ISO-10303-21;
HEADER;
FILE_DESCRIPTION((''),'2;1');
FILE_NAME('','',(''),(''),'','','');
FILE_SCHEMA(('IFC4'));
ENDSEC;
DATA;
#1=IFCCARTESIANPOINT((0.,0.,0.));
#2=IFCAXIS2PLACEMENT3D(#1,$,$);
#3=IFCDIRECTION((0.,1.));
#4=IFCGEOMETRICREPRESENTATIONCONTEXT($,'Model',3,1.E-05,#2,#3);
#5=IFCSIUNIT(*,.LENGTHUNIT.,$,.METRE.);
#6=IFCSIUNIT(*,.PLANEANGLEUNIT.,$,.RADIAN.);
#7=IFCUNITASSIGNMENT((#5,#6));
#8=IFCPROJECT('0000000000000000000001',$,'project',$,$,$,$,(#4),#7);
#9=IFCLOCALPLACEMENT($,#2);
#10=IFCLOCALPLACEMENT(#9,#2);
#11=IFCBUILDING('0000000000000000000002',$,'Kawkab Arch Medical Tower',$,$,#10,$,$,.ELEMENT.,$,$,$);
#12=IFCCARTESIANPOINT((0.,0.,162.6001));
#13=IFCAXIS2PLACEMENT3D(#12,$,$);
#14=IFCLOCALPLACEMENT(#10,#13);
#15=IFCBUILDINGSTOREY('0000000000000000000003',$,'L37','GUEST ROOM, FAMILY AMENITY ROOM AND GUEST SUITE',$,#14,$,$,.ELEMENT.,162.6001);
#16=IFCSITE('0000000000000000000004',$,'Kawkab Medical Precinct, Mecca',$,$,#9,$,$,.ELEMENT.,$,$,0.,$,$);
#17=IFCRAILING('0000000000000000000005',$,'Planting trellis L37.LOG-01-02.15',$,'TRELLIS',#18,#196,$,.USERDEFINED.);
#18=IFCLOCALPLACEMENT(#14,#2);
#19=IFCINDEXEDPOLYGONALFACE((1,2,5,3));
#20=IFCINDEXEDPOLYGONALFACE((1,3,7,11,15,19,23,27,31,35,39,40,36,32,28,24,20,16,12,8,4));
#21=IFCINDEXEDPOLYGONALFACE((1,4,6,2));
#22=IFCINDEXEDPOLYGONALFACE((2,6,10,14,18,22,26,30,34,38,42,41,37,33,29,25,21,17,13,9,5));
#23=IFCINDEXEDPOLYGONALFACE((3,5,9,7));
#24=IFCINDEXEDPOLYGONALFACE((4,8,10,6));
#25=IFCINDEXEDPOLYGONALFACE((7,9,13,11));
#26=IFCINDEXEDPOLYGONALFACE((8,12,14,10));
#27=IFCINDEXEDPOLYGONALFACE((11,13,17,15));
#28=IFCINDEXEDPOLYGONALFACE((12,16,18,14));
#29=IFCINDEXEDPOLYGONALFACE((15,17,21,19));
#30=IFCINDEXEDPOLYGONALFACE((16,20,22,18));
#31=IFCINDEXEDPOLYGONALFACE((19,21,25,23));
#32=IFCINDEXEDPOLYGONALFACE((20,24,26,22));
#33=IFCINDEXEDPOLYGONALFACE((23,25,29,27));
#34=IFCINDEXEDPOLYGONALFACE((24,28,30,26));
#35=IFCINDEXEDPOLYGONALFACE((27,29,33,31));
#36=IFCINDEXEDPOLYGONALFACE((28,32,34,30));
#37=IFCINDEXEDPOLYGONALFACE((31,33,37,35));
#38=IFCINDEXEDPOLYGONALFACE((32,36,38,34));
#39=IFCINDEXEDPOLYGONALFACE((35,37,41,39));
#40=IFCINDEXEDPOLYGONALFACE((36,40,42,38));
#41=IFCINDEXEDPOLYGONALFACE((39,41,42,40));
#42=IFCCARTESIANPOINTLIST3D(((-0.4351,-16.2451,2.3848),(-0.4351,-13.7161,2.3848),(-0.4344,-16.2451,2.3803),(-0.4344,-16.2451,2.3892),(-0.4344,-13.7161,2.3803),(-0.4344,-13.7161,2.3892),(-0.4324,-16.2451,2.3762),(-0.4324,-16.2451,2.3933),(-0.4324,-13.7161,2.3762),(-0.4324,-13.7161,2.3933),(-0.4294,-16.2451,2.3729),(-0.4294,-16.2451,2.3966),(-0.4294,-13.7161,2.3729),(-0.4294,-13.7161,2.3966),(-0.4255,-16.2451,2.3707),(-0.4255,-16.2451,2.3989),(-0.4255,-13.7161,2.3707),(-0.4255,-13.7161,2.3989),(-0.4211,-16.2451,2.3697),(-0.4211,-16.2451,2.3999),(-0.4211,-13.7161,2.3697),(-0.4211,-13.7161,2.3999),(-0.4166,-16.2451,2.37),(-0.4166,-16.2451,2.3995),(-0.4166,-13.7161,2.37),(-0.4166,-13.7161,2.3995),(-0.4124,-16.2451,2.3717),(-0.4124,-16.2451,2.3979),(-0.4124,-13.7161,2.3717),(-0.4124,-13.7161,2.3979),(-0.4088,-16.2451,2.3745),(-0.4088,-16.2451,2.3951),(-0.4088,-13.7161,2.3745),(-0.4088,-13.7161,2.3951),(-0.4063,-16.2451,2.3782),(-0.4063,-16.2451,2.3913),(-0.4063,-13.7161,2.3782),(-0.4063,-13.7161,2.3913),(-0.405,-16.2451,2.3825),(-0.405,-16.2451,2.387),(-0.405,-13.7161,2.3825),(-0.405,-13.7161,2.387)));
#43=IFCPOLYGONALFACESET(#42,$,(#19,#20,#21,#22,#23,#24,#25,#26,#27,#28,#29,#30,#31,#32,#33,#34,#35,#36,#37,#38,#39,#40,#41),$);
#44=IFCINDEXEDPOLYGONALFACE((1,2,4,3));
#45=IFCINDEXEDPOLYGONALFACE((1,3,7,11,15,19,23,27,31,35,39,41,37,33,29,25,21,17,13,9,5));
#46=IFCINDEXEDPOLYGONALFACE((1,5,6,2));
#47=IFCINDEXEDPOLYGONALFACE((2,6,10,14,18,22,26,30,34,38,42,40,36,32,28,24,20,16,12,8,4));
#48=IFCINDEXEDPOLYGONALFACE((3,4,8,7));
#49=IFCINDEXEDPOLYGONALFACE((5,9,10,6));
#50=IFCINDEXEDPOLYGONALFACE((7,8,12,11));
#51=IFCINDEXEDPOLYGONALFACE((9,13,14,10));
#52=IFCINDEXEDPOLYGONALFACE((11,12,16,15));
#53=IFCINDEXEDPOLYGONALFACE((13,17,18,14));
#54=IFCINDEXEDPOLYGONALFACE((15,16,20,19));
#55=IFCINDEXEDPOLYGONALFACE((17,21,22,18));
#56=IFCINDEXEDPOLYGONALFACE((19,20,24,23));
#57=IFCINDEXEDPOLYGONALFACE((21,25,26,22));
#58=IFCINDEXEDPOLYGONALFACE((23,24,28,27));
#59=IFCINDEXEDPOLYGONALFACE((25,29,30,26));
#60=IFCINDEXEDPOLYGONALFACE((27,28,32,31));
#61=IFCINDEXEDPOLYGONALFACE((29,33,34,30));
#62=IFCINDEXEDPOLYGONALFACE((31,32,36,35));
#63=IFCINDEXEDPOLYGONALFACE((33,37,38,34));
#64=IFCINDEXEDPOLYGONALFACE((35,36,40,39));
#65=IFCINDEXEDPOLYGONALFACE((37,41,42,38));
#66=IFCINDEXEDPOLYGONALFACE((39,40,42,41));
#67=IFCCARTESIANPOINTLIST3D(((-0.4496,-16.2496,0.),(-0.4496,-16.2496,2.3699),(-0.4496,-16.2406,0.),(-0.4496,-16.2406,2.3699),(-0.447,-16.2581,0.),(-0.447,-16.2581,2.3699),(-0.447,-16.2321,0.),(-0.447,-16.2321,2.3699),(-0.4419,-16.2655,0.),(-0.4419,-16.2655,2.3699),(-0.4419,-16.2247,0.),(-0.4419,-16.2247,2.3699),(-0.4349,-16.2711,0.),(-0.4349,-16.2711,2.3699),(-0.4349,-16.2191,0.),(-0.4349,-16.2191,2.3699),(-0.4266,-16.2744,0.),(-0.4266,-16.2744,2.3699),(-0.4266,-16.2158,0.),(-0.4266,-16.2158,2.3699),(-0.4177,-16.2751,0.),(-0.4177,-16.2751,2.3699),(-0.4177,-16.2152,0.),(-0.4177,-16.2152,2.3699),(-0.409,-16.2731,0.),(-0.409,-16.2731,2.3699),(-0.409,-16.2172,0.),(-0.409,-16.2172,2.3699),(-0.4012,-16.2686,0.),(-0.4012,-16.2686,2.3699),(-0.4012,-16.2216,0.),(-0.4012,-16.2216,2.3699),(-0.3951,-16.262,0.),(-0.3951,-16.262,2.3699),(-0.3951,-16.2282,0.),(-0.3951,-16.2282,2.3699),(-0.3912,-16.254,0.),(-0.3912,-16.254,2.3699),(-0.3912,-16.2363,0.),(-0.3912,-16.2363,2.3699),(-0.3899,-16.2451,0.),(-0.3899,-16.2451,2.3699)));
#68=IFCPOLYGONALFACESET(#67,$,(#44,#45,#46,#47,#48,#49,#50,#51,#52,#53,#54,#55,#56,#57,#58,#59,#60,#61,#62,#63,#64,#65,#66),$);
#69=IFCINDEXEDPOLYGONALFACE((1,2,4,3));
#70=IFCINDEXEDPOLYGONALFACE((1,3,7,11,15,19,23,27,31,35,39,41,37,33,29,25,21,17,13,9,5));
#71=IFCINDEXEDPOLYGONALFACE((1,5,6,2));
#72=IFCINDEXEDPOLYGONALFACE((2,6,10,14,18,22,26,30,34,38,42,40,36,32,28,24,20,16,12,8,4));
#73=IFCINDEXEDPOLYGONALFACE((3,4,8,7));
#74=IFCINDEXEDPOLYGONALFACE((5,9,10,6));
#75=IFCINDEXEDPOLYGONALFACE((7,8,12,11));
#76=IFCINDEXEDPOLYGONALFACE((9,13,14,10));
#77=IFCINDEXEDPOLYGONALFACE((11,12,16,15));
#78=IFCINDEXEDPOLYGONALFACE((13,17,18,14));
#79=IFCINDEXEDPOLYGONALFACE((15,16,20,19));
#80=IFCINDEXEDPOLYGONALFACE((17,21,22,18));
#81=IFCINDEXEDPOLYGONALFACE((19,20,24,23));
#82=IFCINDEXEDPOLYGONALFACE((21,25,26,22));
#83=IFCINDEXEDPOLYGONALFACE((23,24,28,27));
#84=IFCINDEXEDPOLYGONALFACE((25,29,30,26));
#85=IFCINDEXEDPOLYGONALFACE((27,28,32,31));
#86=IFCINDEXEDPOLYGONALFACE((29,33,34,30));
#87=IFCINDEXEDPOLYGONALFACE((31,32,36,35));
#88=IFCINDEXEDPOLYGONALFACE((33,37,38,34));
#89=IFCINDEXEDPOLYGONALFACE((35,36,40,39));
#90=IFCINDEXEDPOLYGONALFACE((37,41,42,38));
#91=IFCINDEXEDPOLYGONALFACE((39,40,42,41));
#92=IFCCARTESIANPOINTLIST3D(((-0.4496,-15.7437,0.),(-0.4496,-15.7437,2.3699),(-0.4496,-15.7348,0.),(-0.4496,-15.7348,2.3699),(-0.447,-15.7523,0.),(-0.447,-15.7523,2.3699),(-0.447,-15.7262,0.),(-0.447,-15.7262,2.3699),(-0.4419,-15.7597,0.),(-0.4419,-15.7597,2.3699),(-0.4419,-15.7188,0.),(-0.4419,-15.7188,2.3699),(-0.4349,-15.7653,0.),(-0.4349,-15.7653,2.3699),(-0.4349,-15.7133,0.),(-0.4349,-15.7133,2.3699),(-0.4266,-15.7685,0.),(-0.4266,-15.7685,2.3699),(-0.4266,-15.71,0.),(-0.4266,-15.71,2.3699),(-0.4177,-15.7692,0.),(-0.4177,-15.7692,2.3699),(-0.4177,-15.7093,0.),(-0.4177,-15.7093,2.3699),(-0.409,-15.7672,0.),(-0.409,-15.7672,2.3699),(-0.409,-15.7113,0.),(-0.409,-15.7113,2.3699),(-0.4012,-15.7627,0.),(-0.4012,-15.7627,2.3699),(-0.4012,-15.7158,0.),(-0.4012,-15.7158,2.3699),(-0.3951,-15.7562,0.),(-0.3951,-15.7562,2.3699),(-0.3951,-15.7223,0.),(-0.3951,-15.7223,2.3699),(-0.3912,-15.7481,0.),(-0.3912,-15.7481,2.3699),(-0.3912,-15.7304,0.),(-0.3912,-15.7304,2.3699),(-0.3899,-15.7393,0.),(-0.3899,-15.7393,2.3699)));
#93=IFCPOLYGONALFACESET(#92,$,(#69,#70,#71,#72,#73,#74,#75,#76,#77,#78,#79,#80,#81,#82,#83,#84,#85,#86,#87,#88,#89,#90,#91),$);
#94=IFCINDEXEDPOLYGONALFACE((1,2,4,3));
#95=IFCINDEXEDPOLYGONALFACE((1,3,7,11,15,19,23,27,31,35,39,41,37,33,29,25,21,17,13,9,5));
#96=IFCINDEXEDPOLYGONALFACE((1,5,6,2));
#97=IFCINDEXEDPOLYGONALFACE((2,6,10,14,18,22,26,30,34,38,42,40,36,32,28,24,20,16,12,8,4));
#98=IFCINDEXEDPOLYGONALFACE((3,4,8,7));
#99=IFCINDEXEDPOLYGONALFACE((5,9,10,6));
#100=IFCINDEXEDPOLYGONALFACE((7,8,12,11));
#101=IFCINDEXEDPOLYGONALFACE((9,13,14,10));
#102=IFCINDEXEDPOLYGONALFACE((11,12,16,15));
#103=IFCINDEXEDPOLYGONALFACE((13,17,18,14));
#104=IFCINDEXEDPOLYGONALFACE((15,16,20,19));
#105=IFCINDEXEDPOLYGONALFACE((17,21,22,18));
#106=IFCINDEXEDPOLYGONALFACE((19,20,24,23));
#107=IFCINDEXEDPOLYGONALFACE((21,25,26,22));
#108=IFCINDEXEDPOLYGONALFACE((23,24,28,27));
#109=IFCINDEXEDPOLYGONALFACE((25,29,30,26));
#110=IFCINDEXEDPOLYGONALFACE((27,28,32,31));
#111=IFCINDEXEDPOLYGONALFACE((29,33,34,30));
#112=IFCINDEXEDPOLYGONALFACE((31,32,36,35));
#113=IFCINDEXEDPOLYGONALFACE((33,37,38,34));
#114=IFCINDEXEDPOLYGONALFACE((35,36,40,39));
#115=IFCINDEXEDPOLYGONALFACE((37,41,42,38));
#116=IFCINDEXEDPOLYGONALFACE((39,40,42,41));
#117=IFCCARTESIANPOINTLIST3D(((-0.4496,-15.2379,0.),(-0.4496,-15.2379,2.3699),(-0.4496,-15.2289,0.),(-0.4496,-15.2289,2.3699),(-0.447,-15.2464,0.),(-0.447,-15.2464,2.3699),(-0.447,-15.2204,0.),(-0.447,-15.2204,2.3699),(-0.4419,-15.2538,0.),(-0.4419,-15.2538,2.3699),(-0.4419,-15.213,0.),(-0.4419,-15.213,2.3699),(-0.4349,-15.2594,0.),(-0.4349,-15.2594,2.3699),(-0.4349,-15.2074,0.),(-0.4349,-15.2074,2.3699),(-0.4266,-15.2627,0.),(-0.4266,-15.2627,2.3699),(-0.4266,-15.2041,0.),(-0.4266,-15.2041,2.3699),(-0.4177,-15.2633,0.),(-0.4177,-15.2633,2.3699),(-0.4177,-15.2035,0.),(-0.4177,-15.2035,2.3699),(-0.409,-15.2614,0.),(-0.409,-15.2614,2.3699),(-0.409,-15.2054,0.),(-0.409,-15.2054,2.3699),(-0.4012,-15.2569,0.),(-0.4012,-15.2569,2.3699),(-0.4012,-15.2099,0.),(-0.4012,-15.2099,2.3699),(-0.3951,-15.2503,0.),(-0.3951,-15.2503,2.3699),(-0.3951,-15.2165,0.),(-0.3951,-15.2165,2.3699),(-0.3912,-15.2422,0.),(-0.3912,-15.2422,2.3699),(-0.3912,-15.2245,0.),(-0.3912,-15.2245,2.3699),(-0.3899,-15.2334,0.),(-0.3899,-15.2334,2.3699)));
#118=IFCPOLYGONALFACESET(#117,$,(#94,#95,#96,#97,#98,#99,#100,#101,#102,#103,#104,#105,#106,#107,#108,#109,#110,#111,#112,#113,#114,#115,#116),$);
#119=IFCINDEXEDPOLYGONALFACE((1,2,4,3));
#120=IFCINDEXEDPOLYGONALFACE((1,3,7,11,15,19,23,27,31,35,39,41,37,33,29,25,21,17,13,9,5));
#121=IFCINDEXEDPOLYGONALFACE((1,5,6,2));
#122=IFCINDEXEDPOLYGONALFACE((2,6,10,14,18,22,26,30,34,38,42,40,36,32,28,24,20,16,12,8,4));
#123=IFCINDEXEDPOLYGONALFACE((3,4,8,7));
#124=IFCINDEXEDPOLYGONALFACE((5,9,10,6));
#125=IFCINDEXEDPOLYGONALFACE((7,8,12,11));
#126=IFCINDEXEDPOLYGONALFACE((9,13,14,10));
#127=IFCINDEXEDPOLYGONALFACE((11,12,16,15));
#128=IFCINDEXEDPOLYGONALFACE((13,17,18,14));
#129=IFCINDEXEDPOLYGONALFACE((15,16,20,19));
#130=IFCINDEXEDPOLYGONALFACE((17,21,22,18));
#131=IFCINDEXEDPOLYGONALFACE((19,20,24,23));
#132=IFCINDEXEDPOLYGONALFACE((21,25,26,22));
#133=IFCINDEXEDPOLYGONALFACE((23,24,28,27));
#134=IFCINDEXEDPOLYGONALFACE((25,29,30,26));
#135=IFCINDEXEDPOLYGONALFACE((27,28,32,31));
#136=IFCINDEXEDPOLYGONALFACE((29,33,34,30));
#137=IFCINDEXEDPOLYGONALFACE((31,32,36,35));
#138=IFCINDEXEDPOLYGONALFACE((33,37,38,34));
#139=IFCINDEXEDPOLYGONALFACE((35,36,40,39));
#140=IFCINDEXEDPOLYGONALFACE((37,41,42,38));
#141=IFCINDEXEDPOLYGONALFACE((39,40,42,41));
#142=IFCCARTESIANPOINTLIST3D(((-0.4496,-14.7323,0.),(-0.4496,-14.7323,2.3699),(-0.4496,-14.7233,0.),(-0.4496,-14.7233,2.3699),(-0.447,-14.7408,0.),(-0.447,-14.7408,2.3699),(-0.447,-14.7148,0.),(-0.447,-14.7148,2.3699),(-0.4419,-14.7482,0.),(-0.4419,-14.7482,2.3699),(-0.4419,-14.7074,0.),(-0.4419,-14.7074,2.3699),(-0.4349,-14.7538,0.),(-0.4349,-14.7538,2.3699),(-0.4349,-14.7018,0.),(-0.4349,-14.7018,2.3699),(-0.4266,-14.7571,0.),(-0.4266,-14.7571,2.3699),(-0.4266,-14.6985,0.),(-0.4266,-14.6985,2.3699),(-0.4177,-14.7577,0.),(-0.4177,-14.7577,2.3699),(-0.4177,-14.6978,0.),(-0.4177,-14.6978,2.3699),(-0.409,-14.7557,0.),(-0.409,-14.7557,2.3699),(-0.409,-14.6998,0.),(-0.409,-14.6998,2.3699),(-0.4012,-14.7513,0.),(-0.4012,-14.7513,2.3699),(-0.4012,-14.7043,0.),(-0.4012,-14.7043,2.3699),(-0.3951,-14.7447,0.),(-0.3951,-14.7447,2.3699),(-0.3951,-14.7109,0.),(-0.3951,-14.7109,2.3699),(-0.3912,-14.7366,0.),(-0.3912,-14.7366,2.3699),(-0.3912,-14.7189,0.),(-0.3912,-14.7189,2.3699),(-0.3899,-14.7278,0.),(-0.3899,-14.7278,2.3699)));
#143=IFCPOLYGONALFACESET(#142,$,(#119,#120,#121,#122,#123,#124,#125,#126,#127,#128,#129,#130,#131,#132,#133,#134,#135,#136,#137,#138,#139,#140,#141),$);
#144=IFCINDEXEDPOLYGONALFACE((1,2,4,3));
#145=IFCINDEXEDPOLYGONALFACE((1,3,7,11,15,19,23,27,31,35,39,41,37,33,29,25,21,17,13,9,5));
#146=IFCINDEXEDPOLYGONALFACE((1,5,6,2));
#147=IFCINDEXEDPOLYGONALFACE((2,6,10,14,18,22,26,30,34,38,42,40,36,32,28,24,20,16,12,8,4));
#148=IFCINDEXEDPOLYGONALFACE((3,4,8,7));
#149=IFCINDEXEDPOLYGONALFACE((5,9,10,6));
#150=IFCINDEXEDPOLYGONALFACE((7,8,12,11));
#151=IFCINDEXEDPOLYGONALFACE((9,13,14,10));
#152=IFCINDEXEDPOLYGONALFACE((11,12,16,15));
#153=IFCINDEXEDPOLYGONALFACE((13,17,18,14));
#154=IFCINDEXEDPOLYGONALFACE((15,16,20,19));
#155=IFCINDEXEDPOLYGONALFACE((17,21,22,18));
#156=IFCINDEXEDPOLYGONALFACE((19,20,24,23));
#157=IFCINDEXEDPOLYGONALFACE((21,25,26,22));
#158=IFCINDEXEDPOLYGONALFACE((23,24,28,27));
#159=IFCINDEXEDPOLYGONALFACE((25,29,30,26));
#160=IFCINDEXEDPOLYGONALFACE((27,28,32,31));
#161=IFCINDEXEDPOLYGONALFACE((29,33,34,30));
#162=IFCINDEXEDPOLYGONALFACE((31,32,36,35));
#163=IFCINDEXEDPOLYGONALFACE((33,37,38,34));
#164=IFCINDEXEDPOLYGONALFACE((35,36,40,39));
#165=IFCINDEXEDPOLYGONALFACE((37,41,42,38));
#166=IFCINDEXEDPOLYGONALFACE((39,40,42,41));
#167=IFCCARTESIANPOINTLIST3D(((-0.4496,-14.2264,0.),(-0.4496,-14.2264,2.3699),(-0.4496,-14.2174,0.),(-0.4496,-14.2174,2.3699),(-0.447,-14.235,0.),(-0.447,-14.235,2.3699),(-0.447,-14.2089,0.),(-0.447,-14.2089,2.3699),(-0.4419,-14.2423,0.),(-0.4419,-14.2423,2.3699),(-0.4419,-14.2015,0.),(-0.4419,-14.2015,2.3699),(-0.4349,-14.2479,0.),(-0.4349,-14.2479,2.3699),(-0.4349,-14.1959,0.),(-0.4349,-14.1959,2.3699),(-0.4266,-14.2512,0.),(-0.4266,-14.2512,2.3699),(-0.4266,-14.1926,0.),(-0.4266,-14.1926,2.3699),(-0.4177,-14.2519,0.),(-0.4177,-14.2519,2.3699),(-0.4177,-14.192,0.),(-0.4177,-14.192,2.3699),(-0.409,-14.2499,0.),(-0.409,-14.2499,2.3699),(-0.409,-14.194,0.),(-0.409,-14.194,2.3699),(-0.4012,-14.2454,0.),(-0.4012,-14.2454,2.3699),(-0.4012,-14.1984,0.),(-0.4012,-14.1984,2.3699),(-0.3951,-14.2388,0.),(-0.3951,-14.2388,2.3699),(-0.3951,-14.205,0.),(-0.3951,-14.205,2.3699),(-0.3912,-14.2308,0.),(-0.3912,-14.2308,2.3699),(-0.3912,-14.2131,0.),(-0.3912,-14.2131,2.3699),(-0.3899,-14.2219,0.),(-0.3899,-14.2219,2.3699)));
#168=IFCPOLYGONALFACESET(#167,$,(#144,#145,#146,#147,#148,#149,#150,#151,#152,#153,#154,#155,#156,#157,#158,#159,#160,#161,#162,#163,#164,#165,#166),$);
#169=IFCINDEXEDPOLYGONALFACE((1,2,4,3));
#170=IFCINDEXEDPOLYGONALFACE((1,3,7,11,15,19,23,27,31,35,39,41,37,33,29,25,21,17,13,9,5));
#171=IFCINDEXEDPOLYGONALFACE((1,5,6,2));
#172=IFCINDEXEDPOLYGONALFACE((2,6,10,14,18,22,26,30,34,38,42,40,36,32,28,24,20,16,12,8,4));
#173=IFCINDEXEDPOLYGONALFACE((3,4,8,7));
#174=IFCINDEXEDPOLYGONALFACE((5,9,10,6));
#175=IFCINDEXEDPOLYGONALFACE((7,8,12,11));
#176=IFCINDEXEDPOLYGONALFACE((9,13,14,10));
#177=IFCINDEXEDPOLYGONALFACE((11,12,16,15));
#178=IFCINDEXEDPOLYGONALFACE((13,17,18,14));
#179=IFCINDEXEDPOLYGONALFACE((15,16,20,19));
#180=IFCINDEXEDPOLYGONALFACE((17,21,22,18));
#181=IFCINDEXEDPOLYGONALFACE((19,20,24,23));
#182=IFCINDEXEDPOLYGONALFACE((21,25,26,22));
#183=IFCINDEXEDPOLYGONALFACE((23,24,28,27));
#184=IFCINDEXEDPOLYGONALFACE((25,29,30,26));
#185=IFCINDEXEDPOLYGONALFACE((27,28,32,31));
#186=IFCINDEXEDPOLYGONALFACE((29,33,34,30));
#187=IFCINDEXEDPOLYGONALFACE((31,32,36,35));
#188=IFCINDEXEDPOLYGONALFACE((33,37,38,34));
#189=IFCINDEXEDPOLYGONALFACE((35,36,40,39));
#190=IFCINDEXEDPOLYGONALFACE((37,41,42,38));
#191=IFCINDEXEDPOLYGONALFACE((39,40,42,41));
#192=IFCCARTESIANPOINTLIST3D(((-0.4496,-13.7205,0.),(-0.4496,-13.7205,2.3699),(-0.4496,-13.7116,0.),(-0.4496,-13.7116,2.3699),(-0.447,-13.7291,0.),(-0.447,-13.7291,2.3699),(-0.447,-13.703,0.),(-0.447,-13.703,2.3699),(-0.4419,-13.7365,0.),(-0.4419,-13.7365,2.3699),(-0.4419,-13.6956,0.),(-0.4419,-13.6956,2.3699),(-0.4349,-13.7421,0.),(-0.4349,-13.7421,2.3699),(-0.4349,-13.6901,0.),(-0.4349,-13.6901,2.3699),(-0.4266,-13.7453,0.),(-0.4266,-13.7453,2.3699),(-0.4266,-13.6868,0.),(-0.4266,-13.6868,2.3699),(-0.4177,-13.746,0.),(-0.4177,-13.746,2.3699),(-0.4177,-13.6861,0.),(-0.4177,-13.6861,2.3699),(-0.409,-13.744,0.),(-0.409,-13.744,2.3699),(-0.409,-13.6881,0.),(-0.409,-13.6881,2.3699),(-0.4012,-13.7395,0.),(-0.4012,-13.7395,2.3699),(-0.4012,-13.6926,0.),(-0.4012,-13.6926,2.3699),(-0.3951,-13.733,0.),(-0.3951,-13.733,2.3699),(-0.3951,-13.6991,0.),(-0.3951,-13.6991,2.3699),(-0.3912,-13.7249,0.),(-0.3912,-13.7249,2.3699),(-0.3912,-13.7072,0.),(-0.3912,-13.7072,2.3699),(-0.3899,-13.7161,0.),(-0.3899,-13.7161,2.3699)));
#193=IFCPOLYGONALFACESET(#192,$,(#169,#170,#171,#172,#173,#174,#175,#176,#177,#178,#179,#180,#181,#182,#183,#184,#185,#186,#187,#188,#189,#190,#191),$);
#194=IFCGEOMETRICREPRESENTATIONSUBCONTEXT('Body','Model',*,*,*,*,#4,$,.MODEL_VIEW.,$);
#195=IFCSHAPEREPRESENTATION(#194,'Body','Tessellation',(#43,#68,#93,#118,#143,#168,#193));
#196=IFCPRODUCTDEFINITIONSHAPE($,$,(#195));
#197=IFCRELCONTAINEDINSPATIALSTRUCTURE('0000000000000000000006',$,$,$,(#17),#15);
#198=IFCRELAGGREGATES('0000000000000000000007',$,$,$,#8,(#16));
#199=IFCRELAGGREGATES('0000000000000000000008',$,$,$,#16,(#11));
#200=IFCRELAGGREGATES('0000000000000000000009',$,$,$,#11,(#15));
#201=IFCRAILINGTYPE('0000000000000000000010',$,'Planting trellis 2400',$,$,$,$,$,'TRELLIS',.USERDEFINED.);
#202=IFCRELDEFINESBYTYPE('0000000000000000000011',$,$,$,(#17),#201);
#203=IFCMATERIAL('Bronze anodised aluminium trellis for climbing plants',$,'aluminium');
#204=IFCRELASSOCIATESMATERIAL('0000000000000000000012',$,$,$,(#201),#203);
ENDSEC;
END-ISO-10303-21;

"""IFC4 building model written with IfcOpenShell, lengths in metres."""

from ifc_helpers import new_model, si_unit, direction, frame, origin, origin_2d, place, context, subcontext, project, spatial, circle, extrude, material, type_object, element, save


model = new_model("IFC4")

# Units and contexts
model_context = context("Model", 3, precision=1e-05, world=origin(), true_north=direction((0.0, 1.0)))
body_context = subcontext(model_context, "Body", "Model", "MODEL_VIEW")
ifc_project = project(units=[si_unit("LENGTHUNIT", "METRE"), si_unit("PLANEANGLEUNIT", "RADIAN")], contexts=[model_context])

# Site, building, storey
site_placement = place(None, origin())
site = spatial("IfcSite", under=ifc_project, at=site_placement, Name="Kawkab Medical Precinct, Mecca", CompositionType="ELEMENT", RefElevation=0.0)
building_placement = place(site_placement, origin())
building = spatial("IfcBuilding", under=site, at=building_placement, Name="Kawkab Arch Medical Tower", CompositionType="ELEMENT")
storey_placement = place(building_placement, frame((0.0, 0.0, 162.6001)))
storey = spatial("IfcBuildingStorey", under=building, at=storey_placement, Name="L37", Description="GUEST ROOM, FAMILY AMENITY ROOM AND GUEST SUITE", CompositionType="ELEMENT", Elevation=162.6001)

# Railing
ifc_material_1 = material(Name="Bronze anodised aluminium trellis for climbing plants", Category="aluminium")
railing_type_1 = type_object("IfcRailingType", Name="Planting trellis 2400", ElementType="TRELLIS", PredefinedType="USERDEFINED", material=ifc_material_1)
railing_1_placement = place(storey_placement, frame((-0.4199, -16.2451, 0.0)))
element("IfcRailing", 1, at=railing_1_placement, inside=storey, type_object=railing_type_1, Name="Planting trellis L37.LOG-01-02.15", ObjectType="TRELLIS", PredefinedType="USERDEFINED", context=body_context, shape_type="SweptSolid", body=[
    extrude(circle(Radius=0.0151, at=origin_2d()), frame((0.0, 0.0, 2.3848), z_axis=(0.0, 1.0, 0.0), x_axis=(-1.0, 0.0, 0.0)), (0.0, 0.0, 1.0), 2.5291),
    extrude(circle(Radius=0.03, at=origin_2d()), origin(), (0.0, 0.0, 1.0), 2.3699),
    extrude(circle(Radius=0.03, at=origin_2d()), frame((0.0, 0.5059, 0.0)), (0.0, 0.0, 1.0), 2.3699),
    extrude(circle(Radius=0.03, at=origin_2d()), frame((0.0, 1.0117, 0.0)), (0.0, 0.0, 1.0), 2.3699),
    extrude(circle(Radius=0.03, at=origin_2d()), frame((0.0, 1.5173, 0.0)), (0.0, 0.0, 1.0), 2.3699),
    extrude(circle(Radius=0.03, at=origin_2d()), frame((0.0, 2.0232, 0.0)), (0.0, 0.0, 1.0), 2.3699),
    extrude(circle(Radius=0.03, at=origin_2d()), frame((0.0, 2.5291, 0.0)), (0.0, 0.0, 1.0), 2.3699),
])

save(model, "model.ifc")
